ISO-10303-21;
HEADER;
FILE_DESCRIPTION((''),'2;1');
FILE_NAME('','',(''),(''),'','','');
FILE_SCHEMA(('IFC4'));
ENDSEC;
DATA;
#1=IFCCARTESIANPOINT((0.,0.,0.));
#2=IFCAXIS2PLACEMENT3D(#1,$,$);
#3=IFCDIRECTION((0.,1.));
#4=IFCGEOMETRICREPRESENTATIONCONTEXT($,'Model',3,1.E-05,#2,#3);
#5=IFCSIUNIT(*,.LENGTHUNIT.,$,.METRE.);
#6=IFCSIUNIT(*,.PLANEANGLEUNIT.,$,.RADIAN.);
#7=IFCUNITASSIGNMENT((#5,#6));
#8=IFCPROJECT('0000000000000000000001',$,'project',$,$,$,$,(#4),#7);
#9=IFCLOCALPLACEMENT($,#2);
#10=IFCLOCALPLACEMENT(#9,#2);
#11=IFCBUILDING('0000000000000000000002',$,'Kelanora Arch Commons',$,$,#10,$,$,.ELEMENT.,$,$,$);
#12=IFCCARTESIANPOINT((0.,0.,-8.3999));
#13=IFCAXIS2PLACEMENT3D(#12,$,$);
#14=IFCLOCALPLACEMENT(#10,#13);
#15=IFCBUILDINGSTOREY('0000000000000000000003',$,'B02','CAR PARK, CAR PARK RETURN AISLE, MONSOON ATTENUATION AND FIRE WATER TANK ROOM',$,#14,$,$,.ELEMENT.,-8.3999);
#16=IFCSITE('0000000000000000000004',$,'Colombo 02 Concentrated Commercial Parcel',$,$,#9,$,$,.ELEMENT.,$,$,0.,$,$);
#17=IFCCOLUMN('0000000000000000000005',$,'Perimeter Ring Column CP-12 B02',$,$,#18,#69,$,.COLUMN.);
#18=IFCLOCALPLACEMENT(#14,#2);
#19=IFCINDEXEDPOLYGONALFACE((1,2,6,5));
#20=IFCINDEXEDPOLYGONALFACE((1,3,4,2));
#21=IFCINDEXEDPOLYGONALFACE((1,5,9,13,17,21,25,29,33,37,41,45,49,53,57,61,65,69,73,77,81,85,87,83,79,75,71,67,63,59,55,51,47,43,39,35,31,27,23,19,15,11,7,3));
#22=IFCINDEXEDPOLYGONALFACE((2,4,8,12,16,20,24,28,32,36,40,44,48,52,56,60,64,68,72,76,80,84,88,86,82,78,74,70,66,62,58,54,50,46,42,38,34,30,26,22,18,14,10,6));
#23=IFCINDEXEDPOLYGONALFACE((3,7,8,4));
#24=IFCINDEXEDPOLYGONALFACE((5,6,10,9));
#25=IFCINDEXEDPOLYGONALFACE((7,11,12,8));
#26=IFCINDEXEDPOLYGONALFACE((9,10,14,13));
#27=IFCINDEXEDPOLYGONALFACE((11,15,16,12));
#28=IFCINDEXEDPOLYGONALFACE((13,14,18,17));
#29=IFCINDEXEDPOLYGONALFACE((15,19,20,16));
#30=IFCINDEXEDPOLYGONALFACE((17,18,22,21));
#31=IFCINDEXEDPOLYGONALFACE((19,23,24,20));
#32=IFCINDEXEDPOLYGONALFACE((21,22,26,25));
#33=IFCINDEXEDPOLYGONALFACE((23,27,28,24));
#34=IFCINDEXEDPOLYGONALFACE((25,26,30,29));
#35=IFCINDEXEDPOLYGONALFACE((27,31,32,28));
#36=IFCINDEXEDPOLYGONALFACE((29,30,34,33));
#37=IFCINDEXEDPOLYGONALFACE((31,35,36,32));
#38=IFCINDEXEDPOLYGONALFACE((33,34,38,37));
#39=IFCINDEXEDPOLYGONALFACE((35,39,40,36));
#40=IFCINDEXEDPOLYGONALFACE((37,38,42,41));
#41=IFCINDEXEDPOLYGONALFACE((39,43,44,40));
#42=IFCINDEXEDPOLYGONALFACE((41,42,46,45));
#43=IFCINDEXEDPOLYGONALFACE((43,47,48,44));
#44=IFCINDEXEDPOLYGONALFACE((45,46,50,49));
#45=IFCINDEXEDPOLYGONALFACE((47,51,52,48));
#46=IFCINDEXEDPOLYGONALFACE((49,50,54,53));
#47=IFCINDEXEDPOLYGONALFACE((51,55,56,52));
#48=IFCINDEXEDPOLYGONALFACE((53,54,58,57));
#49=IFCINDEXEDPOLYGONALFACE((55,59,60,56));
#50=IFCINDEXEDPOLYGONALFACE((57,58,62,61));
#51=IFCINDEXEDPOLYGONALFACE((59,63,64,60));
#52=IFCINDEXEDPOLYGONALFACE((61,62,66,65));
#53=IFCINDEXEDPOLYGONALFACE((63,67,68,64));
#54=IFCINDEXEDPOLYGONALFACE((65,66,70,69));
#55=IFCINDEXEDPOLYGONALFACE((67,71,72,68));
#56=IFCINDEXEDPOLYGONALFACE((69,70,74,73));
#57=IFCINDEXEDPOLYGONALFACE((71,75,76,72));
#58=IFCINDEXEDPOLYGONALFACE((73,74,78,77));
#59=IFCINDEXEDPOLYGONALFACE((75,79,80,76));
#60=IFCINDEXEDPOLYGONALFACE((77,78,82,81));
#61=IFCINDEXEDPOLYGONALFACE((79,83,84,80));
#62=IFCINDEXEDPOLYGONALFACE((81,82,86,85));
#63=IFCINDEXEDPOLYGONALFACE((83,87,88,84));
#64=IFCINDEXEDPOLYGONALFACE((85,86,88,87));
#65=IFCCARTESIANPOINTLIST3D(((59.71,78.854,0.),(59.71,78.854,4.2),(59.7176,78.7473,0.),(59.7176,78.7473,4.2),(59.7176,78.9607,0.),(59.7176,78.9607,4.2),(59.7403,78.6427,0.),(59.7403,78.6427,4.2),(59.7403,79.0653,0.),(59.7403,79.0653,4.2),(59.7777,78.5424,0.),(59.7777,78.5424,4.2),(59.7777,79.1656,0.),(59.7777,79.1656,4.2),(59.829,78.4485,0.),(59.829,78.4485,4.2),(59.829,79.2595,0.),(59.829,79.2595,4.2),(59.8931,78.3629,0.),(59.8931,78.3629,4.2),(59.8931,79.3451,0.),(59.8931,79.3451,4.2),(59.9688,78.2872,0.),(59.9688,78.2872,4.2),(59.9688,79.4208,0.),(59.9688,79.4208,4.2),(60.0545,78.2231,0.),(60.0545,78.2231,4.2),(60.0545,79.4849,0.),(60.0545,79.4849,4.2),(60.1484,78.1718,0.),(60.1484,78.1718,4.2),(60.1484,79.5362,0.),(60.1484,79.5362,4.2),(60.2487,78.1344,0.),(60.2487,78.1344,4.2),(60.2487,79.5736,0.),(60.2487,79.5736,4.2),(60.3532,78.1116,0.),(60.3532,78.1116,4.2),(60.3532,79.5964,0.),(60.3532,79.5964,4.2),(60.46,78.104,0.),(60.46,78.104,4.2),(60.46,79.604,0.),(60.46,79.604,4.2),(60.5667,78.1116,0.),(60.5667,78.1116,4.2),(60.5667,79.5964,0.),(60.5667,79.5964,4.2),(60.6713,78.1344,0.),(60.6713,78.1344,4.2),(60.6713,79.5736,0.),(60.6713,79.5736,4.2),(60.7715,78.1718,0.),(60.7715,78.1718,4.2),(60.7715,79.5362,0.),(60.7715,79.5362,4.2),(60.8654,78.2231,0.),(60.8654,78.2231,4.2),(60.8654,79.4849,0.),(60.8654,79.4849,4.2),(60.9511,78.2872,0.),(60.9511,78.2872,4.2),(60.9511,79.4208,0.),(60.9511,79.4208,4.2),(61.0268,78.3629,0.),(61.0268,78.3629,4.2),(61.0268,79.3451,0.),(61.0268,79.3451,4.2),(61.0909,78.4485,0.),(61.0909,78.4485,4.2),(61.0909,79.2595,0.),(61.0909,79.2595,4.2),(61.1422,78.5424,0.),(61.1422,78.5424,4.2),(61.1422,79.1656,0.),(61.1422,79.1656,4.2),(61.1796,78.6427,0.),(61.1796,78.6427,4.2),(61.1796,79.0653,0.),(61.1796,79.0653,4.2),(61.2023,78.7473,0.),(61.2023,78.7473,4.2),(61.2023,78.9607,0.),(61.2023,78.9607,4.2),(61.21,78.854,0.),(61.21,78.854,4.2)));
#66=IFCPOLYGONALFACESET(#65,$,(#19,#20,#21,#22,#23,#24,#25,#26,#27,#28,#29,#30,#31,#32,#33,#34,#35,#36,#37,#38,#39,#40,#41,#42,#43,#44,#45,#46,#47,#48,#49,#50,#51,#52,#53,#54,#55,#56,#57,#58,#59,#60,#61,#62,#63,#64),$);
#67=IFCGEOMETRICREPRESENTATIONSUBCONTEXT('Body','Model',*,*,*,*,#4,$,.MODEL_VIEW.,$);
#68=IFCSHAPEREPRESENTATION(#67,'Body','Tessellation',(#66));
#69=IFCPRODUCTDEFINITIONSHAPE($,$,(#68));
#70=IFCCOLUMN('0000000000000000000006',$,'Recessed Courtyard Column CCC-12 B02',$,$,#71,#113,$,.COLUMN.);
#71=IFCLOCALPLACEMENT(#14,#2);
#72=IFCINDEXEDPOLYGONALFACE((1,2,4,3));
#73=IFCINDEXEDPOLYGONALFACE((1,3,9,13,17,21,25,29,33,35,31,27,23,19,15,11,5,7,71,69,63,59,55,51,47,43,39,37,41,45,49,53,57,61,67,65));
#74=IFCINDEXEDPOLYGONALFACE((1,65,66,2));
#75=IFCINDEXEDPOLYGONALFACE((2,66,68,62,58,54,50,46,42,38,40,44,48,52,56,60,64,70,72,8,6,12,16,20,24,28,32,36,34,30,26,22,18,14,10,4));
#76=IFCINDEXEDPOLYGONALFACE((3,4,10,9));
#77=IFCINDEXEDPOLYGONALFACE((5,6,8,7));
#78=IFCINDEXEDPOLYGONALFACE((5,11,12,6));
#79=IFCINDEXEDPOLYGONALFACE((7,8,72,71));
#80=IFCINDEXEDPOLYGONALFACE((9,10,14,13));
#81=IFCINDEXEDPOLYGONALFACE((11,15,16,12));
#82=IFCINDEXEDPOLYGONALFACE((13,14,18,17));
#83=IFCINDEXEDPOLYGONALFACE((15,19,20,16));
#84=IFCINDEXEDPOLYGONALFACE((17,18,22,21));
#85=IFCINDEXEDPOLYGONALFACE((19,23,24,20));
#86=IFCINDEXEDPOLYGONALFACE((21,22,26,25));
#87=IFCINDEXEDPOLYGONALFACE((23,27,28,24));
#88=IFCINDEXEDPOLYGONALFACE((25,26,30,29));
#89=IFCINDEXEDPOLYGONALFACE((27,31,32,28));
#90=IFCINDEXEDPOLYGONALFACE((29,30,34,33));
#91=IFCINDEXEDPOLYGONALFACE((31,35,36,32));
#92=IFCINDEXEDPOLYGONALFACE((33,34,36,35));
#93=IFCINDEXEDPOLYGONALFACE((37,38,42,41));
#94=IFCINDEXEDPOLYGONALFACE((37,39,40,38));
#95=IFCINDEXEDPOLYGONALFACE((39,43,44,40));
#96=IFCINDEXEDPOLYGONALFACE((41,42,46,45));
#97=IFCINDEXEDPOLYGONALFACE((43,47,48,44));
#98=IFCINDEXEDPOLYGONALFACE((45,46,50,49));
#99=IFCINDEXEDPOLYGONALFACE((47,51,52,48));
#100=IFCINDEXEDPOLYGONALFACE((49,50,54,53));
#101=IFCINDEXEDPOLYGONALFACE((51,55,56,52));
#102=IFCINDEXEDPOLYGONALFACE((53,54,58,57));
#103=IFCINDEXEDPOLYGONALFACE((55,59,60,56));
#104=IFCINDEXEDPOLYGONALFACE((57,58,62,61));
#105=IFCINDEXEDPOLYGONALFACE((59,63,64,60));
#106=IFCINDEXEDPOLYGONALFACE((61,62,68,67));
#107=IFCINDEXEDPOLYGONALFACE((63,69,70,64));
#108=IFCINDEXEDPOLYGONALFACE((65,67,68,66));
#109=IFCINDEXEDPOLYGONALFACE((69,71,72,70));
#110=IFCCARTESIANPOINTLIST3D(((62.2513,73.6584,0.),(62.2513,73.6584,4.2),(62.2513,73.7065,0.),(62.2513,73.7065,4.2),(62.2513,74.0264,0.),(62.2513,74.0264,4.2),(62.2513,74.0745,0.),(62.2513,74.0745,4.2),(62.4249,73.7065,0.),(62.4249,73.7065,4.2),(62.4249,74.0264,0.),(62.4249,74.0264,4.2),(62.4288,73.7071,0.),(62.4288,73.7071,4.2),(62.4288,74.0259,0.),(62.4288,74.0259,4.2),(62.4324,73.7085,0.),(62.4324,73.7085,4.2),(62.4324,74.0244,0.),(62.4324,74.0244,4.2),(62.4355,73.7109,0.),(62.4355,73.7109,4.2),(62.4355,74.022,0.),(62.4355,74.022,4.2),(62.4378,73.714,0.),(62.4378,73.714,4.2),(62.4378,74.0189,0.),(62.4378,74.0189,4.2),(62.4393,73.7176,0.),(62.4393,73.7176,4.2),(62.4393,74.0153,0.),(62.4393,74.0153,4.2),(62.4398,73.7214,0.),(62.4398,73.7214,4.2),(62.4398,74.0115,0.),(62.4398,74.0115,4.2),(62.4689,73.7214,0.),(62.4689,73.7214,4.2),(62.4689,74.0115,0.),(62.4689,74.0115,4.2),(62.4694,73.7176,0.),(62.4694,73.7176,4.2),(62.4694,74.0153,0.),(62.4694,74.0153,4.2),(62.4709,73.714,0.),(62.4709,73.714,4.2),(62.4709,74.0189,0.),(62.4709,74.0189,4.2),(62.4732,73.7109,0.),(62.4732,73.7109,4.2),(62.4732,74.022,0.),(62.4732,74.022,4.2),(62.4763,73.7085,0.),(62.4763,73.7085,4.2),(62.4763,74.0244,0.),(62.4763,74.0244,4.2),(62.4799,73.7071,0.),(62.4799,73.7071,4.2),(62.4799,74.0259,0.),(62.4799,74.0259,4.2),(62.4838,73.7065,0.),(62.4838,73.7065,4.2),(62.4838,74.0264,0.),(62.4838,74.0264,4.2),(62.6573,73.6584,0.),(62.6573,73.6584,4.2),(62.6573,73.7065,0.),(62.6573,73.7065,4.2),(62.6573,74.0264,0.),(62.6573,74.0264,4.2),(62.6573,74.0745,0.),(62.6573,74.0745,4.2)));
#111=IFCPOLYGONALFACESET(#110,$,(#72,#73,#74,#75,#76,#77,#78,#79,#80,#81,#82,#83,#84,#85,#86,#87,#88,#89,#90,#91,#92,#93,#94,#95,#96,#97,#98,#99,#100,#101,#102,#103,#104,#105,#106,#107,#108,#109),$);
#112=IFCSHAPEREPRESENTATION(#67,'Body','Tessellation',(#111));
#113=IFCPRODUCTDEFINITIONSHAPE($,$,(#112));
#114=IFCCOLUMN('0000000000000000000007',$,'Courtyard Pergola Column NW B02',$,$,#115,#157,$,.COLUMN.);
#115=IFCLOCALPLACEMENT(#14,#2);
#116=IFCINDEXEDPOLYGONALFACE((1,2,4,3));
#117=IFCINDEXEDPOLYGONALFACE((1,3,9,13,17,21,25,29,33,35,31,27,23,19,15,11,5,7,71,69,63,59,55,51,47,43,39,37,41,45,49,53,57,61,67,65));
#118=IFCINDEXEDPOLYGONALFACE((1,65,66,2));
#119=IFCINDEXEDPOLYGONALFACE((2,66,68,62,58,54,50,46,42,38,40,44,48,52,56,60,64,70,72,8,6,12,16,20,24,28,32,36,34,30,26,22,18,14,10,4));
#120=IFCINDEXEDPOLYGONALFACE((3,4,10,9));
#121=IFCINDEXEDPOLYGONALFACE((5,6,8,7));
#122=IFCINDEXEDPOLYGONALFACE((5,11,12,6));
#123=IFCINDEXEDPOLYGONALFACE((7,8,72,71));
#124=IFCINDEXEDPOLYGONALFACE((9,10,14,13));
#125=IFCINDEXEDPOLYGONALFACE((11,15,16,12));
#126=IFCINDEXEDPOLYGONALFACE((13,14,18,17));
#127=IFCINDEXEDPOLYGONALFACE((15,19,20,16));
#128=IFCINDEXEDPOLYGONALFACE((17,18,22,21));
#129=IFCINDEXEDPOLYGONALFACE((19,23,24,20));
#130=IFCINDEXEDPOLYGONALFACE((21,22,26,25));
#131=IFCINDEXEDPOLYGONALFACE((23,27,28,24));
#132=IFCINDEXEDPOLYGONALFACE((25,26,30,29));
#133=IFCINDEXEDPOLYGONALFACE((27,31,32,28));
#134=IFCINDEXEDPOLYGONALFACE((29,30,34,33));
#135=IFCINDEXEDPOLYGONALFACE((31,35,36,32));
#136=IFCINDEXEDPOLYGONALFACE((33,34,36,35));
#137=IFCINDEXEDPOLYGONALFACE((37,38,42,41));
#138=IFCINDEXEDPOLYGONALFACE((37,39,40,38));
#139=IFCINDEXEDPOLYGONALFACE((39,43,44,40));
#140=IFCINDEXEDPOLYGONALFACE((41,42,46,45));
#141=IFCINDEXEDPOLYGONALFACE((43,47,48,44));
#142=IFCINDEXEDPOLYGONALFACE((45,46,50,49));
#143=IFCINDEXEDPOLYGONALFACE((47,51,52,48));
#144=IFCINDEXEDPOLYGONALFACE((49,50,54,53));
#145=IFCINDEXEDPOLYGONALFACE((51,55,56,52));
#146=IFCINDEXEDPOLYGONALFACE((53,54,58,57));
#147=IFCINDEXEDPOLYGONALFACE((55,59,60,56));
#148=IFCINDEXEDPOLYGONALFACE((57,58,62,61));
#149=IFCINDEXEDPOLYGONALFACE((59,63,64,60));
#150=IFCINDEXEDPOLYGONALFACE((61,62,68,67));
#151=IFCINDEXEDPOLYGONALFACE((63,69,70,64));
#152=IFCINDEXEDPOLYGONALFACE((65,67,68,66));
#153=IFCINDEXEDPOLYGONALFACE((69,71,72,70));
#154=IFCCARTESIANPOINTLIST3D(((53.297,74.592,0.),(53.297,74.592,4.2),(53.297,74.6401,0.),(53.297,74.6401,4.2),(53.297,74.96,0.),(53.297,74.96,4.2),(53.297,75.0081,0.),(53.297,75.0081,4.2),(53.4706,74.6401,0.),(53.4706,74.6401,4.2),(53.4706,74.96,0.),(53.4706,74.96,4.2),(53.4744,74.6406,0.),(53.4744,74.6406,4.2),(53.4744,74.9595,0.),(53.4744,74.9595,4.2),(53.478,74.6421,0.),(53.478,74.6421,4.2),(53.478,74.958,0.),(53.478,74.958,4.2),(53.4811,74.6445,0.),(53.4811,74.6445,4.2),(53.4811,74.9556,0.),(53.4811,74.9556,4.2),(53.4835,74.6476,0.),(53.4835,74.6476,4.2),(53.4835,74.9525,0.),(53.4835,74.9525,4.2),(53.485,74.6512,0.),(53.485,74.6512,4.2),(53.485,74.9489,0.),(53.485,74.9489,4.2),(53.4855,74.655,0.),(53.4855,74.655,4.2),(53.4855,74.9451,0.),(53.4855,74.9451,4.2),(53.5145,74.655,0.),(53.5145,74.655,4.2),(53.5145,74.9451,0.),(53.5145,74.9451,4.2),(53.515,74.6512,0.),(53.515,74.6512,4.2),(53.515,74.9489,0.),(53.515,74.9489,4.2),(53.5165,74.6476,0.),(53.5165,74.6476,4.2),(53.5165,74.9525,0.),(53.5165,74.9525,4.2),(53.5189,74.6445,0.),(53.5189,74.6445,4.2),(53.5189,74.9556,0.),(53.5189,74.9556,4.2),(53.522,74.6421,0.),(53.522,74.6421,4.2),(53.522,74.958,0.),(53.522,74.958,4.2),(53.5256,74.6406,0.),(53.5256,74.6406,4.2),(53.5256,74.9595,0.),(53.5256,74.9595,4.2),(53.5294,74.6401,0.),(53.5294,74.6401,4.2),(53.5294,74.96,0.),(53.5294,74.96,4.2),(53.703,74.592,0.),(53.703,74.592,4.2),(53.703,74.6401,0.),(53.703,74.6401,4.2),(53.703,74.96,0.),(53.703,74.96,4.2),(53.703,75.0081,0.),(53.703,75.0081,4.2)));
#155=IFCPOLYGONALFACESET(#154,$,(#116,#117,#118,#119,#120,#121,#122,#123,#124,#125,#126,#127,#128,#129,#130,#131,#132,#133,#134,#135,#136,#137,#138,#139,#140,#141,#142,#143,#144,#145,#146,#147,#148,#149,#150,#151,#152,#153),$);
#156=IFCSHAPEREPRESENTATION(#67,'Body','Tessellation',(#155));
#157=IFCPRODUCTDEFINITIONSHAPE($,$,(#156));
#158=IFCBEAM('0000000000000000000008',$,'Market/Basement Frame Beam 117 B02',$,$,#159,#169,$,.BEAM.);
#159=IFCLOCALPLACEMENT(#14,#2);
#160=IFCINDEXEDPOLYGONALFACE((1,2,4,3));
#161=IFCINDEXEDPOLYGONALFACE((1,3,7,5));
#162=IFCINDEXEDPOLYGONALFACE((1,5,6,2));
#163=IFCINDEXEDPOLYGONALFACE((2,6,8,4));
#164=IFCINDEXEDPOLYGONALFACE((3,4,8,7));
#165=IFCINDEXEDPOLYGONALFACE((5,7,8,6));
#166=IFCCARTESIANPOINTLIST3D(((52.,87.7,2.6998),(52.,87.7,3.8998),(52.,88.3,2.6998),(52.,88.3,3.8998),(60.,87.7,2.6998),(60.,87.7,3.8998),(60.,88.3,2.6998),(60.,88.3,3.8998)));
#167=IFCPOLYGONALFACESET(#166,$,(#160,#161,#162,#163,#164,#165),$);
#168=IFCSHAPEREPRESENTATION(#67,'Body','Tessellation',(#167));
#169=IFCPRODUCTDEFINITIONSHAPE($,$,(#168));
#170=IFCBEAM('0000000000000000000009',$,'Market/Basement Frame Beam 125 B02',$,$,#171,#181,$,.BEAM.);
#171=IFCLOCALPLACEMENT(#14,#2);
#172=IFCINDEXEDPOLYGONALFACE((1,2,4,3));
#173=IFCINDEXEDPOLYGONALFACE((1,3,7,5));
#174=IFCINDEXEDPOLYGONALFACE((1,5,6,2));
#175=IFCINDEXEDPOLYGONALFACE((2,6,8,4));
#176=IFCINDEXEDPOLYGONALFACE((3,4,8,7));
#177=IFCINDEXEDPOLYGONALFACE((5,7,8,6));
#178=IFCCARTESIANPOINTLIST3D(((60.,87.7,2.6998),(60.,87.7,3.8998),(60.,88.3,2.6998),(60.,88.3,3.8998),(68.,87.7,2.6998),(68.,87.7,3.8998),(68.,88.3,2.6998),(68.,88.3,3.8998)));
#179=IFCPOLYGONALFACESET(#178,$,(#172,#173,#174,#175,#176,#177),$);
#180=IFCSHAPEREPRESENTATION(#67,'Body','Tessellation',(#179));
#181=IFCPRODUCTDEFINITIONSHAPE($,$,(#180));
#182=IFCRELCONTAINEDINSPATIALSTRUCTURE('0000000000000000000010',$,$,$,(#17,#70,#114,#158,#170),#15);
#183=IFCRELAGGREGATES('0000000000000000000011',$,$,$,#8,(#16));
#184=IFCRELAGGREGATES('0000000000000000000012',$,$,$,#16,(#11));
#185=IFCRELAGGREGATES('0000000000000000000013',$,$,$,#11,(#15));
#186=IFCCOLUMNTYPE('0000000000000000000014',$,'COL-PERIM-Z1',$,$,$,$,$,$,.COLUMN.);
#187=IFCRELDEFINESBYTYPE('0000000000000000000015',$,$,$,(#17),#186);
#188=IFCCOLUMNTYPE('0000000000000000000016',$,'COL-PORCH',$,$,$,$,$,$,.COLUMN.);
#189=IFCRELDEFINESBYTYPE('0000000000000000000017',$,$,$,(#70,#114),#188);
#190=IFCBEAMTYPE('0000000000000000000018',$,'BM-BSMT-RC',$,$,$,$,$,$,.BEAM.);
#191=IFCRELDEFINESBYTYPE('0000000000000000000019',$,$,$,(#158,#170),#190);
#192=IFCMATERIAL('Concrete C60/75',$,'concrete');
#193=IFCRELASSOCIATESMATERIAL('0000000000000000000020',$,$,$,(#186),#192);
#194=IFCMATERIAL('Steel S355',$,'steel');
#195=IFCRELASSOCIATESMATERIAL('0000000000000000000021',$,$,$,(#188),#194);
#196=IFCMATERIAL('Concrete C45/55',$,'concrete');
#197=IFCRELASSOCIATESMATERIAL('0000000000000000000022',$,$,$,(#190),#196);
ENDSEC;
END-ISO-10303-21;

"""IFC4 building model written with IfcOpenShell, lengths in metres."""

from ifc_helpers import new_model, si_unit, direction, frame, origin, origin_2d, place, context, subcontext, project, spatial, rectangle, circle, i_section, extrude, material, material_profile, profile_set, type_object, element, save


model = new_model("IFC4")

# Units and contexts
model_context = context("Model", 3, precision=1e-05, world=origin(), true_north=direction((0.0, 1.0)))
body_context = subcontext(model_context, "Body", "Model", "MODEL_VIEW")
ifc_project = project(units=[si_unit("LENGTHUNIT", "METRE"), si_unit("PLANEANGLEUNIT", "RADIAN")], contexts=[model_context])

# Site, building, storey
site_placement = place(None, origin())
site = spatial("IfcSite", under=ifc_project, at=site_placement, Name="Colombo 02 Concentrated Commercial Parcel", CompositionType="ELEMENT", RefElevation=0.0)
building_placement = place(site_placement, origin())
building = spatial("IfcBuilding", under=site, at=building_placement, Name="Kelanora Arch Commons", CompositionType="ELEMENT")
storey_placement = place(building_placement, frame((0.0, 0.0, -8.3999)))
storey = spatial("IfcBuildingStorey", under=building, at=storey_placement, Name="B02", Description="CAR PARK, CAR PARK RETURN AISLE, MONSOON ATTENUATION AND FIRE WATER TANK ROOM", CompositionType="ELEMENT", Elevation=-8.3999)

# Shared definitions
ifc_material_1 = material(Name="Concrete C45/55", Category="concrete")

# Columns
ifc_material_2 = material(Name="Concrete C60/75", Category="concrete")
ifc_material_profile_1 = material_profile(ifc_material_2, circle(Radius=0.75, at=origin_2d()), Name="RCC1500")
ifc_profile_set_1 = profile_set([ifc_material_profile_1], Name="Concrete C60/75")
column_type_1 = type_object("IfcColumnType", Name="COL-PERIM-Z1", PredefinedType="COLUMN", material=ifc_profile_set_1)
column_placement = place(storey_placement, frame((60.46, 78.854, 0.0), z_axis=(0.0, 0.0, 1.0), x_axis=(1.0, 0.0, 0.0)))
element("IfcColumn", 1, at=column_placement, inside=storey, type_object=column_type_1, Name="Perimeter Ring Column CP-12 B02", PredefinedType="COLUMN", context=body_context, shape_type="SweptSolid", body=[
    extrude(circle(Radius=0.75, at=origin_2d()), origin(), (0.0, 0.0, 1.0), 4.2),
])
ifc_material_3 = material(Name="Steel S355", Category="steel")
ifc_material_profile_2 = material_profile(ifc_material_3, i_section(OverallWidth=0.406, OverallDepth=0.416, WebThickness=0.0291, FlangeThickness=0.0481, FilletRadius=0.0149, at=origin_2d()), Name="HD400x382")
ifc_profile_set_2 = profile_set([ifc_material_profile_2], Name="Steel S355")
column_type_2 = type_object("IfcColumnType", Name="COL-PORCH", PredefinedType="COLUMN", material=ifc_profile_set_2)
for number, where, z_axis, x_axis, name in (
    (2, (62.4543, 73.8665, 0.0), (0.0, 0.0, 1.0), (1.0, 0.0, 0.0), "Recessed Courtyard Column CCC-12 B02"),
    (3, (53.5, 74.8, 0.0), (0.0, 0.0, 1.0), (1.0, 0.0, 0.0), "Courtyard Pergola Column NW B02"),
):
    element("IfcColumn", number, at=place(storey_placement, frame(where, z_axis=z_axis, x_axis=x_axis)), inside=storey, type_object=column_type_2, Name=name, PredefinedType="COLUMN", context=body_context, shape_type="SweptSolid", body=[
        extrude(i_section(OverallWidth=0.406, OverallDepth=0.416, WebThickness=0.0291, FlangeThickness=0.0481, FilletRadius=0.0149, at=origin_2d()), origin(), (0.0, 0.0, 1.0), 4.2),
    ])

# Beams
ifc_material_profile_3 = material_profile(ifc_material_1, rectangle(XDim=0.6001, YDim=1.2, at=origin_2d()), Name="RCB600x1200")
ifc_profile_set_3 = profile_set([ifc_material_profile_3], Name="Concrete C45/55")
beam_type_1 = type_object("IfcBeamType", Name="BM-BSMT-RC", PredefinedType="BEAM", material=ifc_profile_set_3)
for number, where, z_axis, x_axis, name in (
    (4, (52.0, 88.0, 3.2998), (1.0, 0.0, 0.0), (0.0, 1.0, 0.0), "Market/Basement Frame Beam 117 B02"),
    (5, (60.0, 88.0, 3.2998), (1.0, 0.0, 0.0), (0.0, 1.0, 0.0), "Market/Basement Frame Beam 125 B02"),
):
    element("IfcBeam", number, at=place(storey_placement, frame(where, z_axis=z_axis, x_axis=x_axis)), inside=storey, type_object=beam_type_1, Name=name, PredefinedType="BEAM", context=body_context, shape_type="SweptSolid", body=[
        extrude(rectangle(XDim=0.6001, YDim=1.2, at=origin_2d()), origin(), (0.0, 0.0, 1.0), 8.0),
    ])

save(model, "model.ifc")
